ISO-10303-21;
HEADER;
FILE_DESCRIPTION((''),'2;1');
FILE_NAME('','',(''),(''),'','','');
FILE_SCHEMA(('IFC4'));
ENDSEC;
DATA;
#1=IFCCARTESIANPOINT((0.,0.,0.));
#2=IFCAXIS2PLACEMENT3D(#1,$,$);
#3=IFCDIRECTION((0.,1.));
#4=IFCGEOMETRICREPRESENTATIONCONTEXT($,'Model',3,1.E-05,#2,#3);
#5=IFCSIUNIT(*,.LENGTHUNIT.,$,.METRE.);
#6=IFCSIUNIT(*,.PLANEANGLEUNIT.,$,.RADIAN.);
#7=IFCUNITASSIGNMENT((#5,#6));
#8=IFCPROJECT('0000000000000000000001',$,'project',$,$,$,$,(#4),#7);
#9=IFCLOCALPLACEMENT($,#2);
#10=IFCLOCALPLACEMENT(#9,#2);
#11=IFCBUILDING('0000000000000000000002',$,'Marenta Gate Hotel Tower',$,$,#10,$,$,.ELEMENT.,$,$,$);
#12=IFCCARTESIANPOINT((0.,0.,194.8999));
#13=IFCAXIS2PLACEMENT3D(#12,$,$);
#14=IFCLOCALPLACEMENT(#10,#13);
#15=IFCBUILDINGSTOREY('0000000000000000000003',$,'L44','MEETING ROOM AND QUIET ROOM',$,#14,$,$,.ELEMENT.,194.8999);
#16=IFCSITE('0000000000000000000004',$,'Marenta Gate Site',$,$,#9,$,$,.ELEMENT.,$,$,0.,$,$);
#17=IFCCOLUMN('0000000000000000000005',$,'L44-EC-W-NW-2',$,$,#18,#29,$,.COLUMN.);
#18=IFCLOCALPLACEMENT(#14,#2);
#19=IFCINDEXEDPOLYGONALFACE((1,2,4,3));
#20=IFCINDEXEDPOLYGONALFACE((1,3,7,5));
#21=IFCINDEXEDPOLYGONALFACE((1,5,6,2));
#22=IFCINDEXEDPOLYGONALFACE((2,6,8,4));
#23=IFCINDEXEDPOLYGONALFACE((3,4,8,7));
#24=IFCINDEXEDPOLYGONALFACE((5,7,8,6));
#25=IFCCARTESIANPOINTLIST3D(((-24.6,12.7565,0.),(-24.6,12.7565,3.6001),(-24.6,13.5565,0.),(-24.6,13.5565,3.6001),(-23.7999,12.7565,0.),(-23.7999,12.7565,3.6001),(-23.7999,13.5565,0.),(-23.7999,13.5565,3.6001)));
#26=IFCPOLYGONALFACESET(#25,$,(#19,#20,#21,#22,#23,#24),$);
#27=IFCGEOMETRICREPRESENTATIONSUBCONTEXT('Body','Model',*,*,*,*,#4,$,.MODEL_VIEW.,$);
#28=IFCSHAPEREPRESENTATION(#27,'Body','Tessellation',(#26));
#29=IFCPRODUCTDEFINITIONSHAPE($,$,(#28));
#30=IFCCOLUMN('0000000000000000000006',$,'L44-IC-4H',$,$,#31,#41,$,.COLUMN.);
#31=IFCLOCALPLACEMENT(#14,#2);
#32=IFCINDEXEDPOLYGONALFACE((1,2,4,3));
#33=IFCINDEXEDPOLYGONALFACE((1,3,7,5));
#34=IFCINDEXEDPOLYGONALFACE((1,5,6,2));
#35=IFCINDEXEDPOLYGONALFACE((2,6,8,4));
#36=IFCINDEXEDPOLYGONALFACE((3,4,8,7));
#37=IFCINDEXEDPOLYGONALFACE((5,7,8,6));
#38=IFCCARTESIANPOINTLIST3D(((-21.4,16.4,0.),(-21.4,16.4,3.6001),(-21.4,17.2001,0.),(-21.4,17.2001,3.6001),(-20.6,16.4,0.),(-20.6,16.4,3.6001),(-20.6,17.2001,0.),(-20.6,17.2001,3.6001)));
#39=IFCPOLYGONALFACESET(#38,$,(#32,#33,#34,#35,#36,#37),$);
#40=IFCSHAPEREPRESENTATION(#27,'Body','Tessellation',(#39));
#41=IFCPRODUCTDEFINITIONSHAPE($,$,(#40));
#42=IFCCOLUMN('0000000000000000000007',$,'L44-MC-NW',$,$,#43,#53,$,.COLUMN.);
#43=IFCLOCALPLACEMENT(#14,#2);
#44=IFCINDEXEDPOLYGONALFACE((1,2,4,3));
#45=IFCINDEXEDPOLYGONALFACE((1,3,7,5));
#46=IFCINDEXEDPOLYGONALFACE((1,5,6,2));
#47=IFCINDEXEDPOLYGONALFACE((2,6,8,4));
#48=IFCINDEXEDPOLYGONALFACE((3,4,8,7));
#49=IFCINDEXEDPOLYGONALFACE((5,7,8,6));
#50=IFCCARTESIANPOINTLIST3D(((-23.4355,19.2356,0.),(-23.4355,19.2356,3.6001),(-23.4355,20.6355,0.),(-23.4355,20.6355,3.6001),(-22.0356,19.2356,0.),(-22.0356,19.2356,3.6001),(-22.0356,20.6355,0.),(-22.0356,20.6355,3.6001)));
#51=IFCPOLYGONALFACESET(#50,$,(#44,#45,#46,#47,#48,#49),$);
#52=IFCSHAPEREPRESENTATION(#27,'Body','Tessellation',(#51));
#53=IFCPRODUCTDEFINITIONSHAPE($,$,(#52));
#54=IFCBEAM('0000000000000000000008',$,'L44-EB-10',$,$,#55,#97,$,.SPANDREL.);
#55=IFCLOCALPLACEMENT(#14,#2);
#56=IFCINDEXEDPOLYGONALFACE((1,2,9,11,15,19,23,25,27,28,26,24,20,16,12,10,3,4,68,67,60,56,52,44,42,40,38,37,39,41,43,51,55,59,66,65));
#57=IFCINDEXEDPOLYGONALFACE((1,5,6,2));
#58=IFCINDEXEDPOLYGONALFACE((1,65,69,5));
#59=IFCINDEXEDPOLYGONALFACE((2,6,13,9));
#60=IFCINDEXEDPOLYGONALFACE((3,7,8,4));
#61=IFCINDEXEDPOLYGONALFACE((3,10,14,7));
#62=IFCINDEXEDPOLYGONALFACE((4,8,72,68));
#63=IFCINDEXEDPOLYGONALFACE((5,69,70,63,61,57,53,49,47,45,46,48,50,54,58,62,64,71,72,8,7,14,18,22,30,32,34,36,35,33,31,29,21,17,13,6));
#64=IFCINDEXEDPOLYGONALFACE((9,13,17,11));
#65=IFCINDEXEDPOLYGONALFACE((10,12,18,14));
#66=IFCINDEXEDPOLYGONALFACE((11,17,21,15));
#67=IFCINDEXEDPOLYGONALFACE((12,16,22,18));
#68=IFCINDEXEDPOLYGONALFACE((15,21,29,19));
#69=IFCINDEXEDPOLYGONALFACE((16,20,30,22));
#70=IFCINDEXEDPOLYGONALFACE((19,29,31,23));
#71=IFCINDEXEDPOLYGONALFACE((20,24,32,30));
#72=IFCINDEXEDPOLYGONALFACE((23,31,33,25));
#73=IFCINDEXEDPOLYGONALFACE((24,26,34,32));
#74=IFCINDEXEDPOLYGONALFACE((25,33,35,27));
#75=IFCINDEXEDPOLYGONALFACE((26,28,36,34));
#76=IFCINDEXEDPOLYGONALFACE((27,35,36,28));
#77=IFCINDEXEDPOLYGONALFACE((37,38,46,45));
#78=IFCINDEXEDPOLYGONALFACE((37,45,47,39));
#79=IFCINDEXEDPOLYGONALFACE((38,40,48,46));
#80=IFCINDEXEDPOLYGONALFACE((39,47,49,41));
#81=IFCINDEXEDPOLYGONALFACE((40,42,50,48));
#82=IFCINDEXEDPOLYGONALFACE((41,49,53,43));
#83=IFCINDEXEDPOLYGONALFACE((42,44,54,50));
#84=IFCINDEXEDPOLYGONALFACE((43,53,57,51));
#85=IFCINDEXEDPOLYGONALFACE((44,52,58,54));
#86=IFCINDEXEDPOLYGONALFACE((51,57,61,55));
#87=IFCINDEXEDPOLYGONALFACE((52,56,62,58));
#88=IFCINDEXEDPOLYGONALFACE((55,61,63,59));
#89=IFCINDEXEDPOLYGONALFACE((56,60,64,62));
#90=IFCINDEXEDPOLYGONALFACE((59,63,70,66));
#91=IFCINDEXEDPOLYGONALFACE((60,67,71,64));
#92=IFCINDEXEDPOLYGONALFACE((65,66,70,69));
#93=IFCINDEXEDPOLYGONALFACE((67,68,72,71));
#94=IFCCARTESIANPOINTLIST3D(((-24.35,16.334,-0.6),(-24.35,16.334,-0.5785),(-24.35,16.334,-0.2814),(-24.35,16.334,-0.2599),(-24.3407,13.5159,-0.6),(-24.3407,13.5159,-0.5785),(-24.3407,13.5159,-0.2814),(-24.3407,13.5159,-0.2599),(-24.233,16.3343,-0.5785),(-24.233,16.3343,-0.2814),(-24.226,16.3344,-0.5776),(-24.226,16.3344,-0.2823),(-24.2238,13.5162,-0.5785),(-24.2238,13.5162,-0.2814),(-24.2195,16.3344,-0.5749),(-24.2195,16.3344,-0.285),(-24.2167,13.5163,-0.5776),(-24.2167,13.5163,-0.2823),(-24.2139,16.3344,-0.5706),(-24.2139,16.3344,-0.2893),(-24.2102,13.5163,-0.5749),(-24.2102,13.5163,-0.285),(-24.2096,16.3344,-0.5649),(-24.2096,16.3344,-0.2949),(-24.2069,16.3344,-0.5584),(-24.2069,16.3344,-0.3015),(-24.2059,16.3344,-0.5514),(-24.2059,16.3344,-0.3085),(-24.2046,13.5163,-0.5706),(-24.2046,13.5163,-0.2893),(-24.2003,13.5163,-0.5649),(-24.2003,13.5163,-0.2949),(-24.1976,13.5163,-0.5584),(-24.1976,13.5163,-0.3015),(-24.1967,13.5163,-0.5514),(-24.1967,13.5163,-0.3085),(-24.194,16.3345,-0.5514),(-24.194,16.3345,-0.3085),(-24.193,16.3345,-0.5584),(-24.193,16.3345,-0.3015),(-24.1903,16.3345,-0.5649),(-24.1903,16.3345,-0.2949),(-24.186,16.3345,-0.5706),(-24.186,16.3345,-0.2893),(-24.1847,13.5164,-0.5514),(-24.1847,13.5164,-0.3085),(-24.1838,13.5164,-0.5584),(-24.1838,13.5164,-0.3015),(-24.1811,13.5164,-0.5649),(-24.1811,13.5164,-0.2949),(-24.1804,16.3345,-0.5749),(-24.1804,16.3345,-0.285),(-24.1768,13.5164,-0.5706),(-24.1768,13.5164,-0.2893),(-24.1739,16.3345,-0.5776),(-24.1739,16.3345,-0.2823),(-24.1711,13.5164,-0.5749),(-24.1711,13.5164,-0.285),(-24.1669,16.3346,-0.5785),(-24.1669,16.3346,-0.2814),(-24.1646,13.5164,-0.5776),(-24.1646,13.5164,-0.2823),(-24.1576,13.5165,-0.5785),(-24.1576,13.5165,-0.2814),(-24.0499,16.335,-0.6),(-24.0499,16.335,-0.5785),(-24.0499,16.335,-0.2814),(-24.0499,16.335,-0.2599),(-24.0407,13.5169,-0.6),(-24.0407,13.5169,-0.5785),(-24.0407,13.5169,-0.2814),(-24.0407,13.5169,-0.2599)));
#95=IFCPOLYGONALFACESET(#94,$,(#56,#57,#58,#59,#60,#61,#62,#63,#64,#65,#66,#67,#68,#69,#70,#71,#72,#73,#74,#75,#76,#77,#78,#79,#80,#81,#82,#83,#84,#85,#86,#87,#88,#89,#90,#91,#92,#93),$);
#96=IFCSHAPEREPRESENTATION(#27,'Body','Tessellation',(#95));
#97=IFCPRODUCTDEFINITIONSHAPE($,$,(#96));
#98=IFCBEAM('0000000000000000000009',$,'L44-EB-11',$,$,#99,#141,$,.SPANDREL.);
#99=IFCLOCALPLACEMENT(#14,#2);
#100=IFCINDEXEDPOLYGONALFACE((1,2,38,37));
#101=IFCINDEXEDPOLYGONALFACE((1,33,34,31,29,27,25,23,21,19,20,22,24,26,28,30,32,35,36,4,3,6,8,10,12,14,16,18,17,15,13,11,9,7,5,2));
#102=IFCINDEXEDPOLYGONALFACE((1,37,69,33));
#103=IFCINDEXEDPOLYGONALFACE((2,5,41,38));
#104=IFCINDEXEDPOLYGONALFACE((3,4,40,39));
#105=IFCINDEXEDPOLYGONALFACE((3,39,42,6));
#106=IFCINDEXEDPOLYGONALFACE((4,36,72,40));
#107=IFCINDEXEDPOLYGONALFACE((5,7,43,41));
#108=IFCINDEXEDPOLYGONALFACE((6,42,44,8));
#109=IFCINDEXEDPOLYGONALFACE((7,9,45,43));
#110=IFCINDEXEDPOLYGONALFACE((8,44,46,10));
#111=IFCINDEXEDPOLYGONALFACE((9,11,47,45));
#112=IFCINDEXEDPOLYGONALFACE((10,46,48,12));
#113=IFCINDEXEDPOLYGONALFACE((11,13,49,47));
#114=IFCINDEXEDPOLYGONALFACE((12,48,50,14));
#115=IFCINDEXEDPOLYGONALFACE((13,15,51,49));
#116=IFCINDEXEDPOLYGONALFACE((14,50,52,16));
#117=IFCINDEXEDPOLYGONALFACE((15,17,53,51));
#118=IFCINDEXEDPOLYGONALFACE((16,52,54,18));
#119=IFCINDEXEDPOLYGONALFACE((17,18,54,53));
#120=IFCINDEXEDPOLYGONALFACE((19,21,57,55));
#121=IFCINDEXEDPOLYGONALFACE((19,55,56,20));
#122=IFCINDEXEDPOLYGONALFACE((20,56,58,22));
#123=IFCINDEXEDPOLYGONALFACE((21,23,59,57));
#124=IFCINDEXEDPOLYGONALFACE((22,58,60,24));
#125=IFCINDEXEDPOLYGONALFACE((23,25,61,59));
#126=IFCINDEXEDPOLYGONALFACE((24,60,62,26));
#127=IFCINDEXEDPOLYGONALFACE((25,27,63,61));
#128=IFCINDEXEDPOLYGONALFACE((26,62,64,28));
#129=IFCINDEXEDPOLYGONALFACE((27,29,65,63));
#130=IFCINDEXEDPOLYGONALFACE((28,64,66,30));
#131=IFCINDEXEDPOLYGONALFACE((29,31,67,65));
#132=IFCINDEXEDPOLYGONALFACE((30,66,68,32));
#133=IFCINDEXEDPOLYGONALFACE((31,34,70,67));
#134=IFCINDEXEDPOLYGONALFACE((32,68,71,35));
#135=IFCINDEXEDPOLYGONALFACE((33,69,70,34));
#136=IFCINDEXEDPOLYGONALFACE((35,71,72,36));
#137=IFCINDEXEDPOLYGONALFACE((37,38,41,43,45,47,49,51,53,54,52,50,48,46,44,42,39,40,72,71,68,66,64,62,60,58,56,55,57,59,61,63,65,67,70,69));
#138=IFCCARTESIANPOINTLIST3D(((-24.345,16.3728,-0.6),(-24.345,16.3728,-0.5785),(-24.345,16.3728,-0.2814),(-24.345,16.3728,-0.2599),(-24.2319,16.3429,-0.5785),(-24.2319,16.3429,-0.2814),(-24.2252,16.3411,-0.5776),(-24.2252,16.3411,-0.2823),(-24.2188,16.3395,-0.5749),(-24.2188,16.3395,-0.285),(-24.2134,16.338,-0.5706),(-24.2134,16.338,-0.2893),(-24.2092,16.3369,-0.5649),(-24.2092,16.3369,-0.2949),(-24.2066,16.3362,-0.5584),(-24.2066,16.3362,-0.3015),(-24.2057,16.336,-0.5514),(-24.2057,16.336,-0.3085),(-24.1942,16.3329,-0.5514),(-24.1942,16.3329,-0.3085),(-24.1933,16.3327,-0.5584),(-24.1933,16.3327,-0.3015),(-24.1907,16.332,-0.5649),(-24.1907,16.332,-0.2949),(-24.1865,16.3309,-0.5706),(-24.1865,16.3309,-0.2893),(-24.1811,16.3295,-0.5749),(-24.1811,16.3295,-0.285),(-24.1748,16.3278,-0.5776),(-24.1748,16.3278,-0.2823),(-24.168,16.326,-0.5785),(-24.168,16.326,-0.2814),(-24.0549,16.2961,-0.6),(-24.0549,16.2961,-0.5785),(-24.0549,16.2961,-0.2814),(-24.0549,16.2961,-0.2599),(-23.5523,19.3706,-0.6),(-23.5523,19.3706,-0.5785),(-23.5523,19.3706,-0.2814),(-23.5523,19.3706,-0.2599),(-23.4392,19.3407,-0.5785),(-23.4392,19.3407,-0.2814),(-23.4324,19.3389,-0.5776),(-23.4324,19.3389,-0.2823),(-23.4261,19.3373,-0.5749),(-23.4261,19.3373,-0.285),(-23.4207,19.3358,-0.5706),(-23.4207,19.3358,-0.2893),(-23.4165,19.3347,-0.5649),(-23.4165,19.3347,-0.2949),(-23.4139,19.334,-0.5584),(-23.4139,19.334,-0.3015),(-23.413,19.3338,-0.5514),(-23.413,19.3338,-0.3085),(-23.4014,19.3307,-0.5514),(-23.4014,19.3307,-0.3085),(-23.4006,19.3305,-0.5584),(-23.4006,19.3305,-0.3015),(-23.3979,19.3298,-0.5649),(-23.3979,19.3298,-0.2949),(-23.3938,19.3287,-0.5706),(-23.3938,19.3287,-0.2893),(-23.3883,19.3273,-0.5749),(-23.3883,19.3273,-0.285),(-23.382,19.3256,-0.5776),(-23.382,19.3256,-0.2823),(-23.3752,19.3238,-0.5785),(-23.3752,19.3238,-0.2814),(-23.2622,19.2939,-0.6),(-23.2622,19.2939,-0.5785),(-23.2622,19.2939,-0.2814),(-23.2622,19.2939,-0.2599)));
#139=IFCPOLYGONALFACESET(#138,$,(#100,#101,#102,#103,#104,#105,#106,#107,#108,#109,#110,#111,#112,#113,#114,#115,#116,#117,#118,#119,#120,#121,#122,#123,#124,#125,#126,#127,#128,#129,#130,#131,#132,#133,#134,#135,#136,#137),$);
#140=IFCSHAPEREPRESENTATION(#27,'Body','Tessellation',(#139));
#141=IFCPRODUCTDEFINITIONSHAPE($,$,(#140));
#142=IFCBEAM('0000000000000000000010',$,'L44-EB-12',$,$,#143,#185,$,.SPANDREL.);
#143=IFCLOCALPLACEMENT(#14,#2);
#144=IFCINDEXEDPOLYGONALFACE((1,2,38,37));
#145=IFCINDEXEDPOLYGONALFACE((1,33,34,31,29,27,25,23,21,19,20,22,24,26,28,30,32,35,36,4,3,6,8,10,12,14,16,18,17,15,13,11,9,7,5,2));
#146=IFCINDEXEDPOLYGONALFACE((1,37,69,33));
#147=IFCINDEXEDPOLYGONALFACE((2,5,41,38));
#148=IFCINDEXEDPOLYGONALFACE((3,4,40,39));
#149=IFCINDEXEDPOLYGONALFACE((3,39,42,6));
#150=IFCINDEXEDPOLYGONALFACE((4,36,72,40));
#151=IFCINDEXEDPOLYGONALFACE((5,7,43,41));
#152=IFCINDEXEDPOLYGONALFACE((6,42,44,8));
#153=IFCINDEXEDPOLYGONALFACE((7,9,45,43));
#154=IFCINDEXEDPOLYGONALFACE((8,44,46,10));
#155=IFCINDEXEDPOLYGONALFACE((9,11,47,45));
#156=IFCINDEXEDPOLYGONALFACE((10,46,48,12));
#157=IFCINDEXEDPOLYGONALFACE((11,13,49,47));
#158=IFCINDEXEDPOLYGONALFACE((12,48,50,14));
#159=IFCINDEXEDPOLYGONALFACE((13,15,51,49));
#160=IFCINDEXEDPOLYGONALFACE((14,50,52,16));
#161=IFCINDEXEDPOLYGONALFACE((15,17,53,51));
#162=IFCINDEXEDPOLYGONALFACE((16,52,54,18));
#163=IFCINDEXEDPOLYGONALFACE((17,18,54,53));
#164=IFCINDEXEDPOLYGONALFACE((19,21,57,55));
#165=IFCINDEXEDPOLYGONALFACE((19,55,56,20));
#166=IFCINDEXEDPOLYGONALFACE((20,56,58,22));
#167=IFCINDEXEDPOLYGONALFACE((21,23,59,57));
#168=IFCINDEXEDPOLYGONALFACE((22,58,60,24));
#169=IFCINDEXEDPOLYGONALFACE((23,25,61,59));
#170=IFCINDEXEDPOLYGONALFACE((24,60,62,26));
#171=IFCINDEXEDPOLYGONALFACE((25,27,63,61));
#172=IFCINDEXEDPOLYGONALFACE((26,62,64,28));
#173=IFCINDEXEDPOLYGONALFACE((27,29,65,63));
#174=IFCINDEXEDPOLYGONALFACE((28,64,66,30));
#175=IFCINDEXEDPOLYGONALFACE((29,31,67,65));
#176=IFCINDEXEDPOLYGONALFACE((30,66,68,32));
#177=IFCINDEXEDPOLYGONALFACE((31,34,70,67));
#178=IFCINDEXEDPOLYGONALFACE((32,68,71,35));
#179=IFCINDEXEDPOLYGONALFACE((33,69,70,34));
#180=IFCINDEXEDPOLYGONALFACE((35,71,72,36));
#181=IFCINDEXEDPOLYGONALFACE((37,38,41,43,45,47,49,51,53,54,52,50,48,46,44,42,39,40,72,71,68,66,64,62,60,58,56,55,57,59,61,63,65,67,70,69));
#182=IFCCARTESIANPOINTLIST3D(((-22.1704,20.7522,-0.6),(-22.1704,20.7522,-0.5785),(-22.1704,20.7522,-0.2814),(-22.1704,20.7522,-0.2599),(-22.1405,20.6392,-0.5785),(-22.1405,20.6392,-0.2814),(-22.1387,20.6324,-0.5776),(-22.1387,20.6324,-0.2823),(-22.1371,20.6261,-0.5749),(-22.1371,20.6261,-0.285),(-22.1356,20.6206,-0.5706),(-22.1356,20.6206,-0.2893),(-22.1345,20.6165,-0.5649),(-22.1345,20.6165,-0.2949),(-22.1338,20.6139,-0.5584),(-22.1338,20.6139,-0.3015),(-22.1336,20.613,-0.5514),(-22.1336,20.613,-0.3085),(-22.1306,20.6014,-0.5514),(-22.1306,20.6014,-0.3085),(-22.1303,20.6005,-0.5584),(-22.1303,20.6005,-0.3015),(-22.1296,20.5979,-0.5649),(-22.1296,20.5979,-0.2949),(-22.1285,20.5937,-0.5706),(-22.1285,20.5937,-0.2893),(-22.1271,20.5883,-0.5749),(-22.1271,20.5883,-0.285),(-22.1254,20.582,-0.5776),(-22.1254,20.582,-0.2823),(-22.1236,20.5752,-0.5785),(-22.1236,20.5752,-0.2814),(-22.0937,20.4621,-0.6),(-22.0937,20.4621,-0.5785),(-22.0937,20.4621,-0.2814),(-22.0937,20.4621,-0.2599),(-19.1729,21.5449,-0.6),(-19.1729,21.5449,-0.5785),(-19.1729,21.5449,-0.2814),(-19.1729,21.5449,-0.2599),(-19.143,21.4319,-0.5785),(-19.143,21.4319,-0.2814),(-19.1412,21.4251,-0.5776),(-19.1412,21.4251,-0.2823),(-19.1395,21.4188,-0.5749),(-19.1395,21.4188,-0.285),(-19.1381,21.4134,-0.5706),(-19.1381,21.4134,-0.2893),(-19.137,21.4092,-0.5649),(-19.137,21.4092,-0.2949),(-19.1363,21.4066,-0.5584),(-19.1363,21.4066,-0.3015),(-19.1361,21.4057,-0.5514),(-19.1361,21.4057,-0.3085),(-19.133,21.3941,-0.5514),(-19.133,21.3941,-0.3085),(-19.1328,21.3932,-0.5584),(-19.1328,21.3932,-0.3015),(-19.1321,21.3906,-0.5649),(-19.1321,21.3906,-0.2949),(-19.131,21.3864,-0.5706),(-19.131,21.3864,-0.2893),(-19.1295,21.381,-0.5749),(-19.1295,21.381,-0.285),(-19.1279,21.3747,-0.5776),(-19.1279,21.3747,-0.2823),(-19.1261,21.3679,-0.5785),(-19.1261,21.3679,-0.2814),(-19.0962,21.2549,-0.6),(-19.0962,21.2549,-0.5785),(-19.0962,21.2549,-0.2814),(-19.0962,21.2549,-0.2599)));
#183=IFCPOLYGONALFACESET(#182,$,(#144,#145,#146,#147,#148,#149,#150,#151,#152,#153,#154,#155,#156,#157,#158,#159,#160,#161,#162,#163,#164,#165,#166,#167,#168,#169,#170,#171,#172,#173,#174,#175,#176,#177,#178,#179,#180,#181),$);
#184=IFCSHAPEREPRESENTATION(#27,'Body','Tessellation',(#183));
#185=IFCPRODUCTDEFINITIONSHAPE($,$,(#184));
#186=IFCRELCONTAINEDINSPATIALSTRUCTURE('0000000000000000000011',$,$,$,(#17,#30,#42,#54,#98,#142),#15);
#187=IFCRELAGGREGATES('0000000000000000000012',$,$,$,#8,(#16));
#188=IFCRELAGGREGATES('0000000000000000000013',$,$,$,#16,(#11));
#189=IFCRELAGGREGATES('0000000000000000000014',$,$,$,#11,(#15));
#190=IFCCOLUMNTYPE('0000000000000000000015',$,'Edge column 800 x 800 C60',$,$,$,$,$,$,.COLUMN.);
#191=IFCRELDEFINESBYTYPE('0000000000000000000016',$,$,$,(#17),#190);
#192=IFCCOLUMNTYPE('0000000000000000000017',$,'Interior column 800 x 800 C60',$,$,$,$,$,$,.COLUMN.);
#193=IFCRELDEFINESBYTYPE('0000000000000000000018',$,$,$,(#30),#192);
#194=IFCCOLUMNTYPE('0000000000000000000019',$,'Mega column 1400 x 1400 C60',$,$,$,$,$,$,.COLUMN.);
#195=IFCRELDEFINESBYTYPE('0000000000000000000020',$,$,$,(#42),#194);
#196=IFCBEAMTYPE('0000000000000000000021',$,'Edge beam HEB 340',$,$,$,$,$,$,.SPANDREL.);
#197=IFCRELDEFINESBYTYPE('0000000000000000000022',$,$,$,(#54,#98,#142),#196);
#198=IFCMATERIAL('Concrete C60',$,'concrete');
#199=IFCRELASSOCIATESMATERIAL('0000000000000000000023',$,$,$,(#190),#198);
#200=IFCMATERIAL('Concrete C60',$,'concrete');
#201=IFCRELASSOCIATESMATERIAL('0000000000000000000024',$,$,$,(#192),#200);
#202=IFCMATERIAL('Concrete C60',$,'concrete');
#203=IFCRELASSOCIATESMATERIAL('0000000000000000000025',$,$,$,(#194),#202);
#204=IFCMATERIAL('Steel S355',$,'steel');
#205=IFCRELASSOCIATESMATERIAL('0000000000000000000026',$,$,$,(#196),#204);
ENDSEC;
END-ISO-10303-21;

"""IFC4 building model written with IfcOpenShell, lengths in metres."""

from ifc_helpers import new_model, si_unit, direction, frame, origin, origin_2d, place, context, subcontext, project, spatial, rectangle, i_section, extrude, material, material_profile, profile_set, type_object, element, save


model = new_model("IFC4")

# Units and contexts
model_context = context("Model", 3, precision=1e-05, world=origin(), true_north=direction((0.0, 1.0)))
body_context = subcontext(model_context, "Body", "Model", "MODEL_VIEW")
ifc_project = project(units=[si_unit("LENGTHUNIT", "METRE"), si_unit("PLANEANGLEUNIT", "RADIAN")], contexts=[model_context])

# Site, building, storey
site_placement = place(None, origin())
site = spatial("IfcSite", under=ifc_project, at=site_placement, Name="Marenta Gate Site", CompositionType="ELEMENT", RefElevation=0.0)
building_placement = place(site_placement, origin())
building = spatial("IfcBuilding", under=site, at=building_placement, Name="Marenta Gate Hotel Tower", CompositionType="ELEMENT")
storey_placement = place(building_placement, frame((0.0, 0.0, 194.8999)))
storey = spatial("IfcBuildingStorey", under=building, at=storey_placement, Name="L44", Description="MEETING ROOM AND QUIET ROOM", CompositionType="ELEMENT", Elevation=194.8999)

# Columns
ifc_material_1 = material(Name="Concrete C60", Category="concrete")
ifc_material_profile_1 = material_profile(ifc_material_1, rectangle(XDim=0.8, YDim=0.8, at=origin_2d()), Name="800 x 800")
ifc_profile_set_1 = profile_set([ifc_material_profile_1], Name="Concrete C60")
column_type_1 = type_object("IfcColumnType", Name="Edge column 800 x 800 C60", PredefinedType="COLUMN", material=ifc_profile_set_1)
column_1_placement = place(storey_placement, frame((-24.2, 13.1565, 0.0), z_axis=(0.0, 0.0, 1.0), x_axis=(1.0, 0.0, 0.0)))
element("IfcColumn", 1, at=column_1_placement, inside=storey, type_object=column_type_1, Name="L44-EC-W-NW-2", PredefinedType="COLUMN", context=body_context, shape_type="SweptSolid", body=[
    extrude(rectangle(XDim=0.8, YDim=0.8, at=origin_2d()), origin(), (0.0, 0.0, 1.0), 3.6001),
])
ifc_material_2 = material(Name="Concrete C60", Category="concrete")
ifc_material_profile_2 = material_profile(ifc_material_2, rectangle(XDim=0.8, YDim=0.8, at=origin_2d()), Name="800 x 800")
ifc_profile_set_2 = profile_set([ifc_material_profile_2], Name="Concrete C60")
column_type_2 = type_object("IfcColumnType", Name="Interior column 800 x 800 C60", PredefinedType="COLUMN", material=ifc_profile_set_2)
column_2_placement = place(storey_placement, frame((-21.0, 16.8, 0.0), z_axis=(0.0, 0.0, 1.0), x_axis=(1.0, 0.0, 0.0)))
element("IfcColumn", 2, at=column_2_placement, inside=storey, type_object=column_type_2, Name="L44-IC-4H", PredefinedType="COLUMN", context=body_context, shape_type="SweptSolid", body=[
    extrude(rectangle(XDim=0.8, YDim=0.8, at=origin_2d()), origin(), (0.0, 0.0, 1.0), 3.6001),
])
ifc_material_3 = material(Name="Concrete C60", Category="concrete")
ifc_material_profile_3 = material_profile(ifc_material_3, rectangle(XDim=1.3999, YDim=1.3999, at=origin_2d()), Name="1400 x 1400")
ifc_profile_set_3 = profile_set([ifc_material_profile_3], Name="Concrete C60")
column_type_3 = type_object("IfcColumnType", Name="Mega column 1400 x 1400 C60", PredefinedType="COLUMN", material=ifc_profile_set_3)
column_3_placement = place(storey_placement, frame((-22.7356, 19.9355, 0.0), z_axis=(0.0, 0.0, 1.0), x_axis=(1.0, 0.0, 0.0)))
element("IfcColumn", 3, at=column_3_placement, inside=storey, type_object=column_type_3, Name="L44-MC-NW", PredefinedType="COLUMN", context=body_context, shape_type="SweptSolid", body=[
    extrude(rectangle(XDim=1.3999, YDim=1.3999, at=origin_2d()), origin(), (0.0, 0.0, 1.0), 3.6001),
])

# Beams
ifc_material_4 = material(Name="Steel S355", Category="steel")
ifc_material_profile_4 = material_profile(ifc_material_4, i_section(OverallWidth=0.3, OverallDepth=0.3401, WebThickness=0.012, FlangeThickness=0.0215, FilletRadius=0.0271, at=origin_2d()), Name="HEB 340")
ifc_profile_set_4 = profile_set([ifc_material_profile_4], Name="Steel S355")
beam_type_1 = type_object("IfcBeamType", Name="Edge beam HEB 340", PredefinedType="SPANDREL", material=ifc_profile_set_4)
beam_1_placement = place(storey_placement, frame((-24.1907, 13.5164, -0.4299), z_axis=(-0.003292, 0.999995, 0.0), x_axis=(-0.999995, -0.003292, 0.0)))
element("IfcBeam", 4, at=beam_1_placement, inside=storey, type_object=beam_type_1, Name="L44-EB-10", PredefinedType="SPANDREL", context=body_context, shape_type="SweptSolid", body=[
    extrude(i_section(OverallWidth=0.3, OverallDepth=0.3401, WebThickness=0.012, FlangeThickness=0.0215, FilletRadius=0.0271, at=origin_2d()), origin(), (0.0, 0.0, 1.0), 2.8181),
])
beam_2_placement = place(storey_placement, frame((-24.2, 16.3345, -0.4299), z_axis=(0.255648, 0.96677, 0.0), x_axis=(-0.96677, 0.255648, 0.0)))
element("IfcBeam", 5, at=beam_2_placement, inside=storey, type_object=beam_type_1, Name="L44-EB-11", PredefinedType="SPANDREL", context=body_context, shape_type="SweptSolid", body=[
    extrude(i_section(OverallWidth=0.3, OverallDepth=0.3401, WebThickness=0.012, FlangeThickness=0.0215, FilletRadius=0.0271, at=origin_2d()), origin(), (0.0, 0.0, 1.0), 3.1008),
])
beam_3_placement = place(storey_placement, frame((-22.1321, 20.6072, -0.4299), z_axis=(0.966765, 0.255667, 0.0), x_axis=(-0.255667, 0.966765, 0.0)))
element("IfcBeam", 6, at=beam_3_placement, inside=storey, type_object=beam_type_1, Name="L44-EB-12", PredefinedType="SPANDREL", context=body_context, shape_type="SweptSolid", body=[
    extrude(i_section(OverallWidth=0.3, OverallDepth=0.3401, WebThickness=0.012, FlangeThickness=0.0215, FilletRadius=0.0271, at=origin_2d()), origin(), (0.0, 0.0, 1.0), 3.1006),
])

save(model, "model.ifc")
